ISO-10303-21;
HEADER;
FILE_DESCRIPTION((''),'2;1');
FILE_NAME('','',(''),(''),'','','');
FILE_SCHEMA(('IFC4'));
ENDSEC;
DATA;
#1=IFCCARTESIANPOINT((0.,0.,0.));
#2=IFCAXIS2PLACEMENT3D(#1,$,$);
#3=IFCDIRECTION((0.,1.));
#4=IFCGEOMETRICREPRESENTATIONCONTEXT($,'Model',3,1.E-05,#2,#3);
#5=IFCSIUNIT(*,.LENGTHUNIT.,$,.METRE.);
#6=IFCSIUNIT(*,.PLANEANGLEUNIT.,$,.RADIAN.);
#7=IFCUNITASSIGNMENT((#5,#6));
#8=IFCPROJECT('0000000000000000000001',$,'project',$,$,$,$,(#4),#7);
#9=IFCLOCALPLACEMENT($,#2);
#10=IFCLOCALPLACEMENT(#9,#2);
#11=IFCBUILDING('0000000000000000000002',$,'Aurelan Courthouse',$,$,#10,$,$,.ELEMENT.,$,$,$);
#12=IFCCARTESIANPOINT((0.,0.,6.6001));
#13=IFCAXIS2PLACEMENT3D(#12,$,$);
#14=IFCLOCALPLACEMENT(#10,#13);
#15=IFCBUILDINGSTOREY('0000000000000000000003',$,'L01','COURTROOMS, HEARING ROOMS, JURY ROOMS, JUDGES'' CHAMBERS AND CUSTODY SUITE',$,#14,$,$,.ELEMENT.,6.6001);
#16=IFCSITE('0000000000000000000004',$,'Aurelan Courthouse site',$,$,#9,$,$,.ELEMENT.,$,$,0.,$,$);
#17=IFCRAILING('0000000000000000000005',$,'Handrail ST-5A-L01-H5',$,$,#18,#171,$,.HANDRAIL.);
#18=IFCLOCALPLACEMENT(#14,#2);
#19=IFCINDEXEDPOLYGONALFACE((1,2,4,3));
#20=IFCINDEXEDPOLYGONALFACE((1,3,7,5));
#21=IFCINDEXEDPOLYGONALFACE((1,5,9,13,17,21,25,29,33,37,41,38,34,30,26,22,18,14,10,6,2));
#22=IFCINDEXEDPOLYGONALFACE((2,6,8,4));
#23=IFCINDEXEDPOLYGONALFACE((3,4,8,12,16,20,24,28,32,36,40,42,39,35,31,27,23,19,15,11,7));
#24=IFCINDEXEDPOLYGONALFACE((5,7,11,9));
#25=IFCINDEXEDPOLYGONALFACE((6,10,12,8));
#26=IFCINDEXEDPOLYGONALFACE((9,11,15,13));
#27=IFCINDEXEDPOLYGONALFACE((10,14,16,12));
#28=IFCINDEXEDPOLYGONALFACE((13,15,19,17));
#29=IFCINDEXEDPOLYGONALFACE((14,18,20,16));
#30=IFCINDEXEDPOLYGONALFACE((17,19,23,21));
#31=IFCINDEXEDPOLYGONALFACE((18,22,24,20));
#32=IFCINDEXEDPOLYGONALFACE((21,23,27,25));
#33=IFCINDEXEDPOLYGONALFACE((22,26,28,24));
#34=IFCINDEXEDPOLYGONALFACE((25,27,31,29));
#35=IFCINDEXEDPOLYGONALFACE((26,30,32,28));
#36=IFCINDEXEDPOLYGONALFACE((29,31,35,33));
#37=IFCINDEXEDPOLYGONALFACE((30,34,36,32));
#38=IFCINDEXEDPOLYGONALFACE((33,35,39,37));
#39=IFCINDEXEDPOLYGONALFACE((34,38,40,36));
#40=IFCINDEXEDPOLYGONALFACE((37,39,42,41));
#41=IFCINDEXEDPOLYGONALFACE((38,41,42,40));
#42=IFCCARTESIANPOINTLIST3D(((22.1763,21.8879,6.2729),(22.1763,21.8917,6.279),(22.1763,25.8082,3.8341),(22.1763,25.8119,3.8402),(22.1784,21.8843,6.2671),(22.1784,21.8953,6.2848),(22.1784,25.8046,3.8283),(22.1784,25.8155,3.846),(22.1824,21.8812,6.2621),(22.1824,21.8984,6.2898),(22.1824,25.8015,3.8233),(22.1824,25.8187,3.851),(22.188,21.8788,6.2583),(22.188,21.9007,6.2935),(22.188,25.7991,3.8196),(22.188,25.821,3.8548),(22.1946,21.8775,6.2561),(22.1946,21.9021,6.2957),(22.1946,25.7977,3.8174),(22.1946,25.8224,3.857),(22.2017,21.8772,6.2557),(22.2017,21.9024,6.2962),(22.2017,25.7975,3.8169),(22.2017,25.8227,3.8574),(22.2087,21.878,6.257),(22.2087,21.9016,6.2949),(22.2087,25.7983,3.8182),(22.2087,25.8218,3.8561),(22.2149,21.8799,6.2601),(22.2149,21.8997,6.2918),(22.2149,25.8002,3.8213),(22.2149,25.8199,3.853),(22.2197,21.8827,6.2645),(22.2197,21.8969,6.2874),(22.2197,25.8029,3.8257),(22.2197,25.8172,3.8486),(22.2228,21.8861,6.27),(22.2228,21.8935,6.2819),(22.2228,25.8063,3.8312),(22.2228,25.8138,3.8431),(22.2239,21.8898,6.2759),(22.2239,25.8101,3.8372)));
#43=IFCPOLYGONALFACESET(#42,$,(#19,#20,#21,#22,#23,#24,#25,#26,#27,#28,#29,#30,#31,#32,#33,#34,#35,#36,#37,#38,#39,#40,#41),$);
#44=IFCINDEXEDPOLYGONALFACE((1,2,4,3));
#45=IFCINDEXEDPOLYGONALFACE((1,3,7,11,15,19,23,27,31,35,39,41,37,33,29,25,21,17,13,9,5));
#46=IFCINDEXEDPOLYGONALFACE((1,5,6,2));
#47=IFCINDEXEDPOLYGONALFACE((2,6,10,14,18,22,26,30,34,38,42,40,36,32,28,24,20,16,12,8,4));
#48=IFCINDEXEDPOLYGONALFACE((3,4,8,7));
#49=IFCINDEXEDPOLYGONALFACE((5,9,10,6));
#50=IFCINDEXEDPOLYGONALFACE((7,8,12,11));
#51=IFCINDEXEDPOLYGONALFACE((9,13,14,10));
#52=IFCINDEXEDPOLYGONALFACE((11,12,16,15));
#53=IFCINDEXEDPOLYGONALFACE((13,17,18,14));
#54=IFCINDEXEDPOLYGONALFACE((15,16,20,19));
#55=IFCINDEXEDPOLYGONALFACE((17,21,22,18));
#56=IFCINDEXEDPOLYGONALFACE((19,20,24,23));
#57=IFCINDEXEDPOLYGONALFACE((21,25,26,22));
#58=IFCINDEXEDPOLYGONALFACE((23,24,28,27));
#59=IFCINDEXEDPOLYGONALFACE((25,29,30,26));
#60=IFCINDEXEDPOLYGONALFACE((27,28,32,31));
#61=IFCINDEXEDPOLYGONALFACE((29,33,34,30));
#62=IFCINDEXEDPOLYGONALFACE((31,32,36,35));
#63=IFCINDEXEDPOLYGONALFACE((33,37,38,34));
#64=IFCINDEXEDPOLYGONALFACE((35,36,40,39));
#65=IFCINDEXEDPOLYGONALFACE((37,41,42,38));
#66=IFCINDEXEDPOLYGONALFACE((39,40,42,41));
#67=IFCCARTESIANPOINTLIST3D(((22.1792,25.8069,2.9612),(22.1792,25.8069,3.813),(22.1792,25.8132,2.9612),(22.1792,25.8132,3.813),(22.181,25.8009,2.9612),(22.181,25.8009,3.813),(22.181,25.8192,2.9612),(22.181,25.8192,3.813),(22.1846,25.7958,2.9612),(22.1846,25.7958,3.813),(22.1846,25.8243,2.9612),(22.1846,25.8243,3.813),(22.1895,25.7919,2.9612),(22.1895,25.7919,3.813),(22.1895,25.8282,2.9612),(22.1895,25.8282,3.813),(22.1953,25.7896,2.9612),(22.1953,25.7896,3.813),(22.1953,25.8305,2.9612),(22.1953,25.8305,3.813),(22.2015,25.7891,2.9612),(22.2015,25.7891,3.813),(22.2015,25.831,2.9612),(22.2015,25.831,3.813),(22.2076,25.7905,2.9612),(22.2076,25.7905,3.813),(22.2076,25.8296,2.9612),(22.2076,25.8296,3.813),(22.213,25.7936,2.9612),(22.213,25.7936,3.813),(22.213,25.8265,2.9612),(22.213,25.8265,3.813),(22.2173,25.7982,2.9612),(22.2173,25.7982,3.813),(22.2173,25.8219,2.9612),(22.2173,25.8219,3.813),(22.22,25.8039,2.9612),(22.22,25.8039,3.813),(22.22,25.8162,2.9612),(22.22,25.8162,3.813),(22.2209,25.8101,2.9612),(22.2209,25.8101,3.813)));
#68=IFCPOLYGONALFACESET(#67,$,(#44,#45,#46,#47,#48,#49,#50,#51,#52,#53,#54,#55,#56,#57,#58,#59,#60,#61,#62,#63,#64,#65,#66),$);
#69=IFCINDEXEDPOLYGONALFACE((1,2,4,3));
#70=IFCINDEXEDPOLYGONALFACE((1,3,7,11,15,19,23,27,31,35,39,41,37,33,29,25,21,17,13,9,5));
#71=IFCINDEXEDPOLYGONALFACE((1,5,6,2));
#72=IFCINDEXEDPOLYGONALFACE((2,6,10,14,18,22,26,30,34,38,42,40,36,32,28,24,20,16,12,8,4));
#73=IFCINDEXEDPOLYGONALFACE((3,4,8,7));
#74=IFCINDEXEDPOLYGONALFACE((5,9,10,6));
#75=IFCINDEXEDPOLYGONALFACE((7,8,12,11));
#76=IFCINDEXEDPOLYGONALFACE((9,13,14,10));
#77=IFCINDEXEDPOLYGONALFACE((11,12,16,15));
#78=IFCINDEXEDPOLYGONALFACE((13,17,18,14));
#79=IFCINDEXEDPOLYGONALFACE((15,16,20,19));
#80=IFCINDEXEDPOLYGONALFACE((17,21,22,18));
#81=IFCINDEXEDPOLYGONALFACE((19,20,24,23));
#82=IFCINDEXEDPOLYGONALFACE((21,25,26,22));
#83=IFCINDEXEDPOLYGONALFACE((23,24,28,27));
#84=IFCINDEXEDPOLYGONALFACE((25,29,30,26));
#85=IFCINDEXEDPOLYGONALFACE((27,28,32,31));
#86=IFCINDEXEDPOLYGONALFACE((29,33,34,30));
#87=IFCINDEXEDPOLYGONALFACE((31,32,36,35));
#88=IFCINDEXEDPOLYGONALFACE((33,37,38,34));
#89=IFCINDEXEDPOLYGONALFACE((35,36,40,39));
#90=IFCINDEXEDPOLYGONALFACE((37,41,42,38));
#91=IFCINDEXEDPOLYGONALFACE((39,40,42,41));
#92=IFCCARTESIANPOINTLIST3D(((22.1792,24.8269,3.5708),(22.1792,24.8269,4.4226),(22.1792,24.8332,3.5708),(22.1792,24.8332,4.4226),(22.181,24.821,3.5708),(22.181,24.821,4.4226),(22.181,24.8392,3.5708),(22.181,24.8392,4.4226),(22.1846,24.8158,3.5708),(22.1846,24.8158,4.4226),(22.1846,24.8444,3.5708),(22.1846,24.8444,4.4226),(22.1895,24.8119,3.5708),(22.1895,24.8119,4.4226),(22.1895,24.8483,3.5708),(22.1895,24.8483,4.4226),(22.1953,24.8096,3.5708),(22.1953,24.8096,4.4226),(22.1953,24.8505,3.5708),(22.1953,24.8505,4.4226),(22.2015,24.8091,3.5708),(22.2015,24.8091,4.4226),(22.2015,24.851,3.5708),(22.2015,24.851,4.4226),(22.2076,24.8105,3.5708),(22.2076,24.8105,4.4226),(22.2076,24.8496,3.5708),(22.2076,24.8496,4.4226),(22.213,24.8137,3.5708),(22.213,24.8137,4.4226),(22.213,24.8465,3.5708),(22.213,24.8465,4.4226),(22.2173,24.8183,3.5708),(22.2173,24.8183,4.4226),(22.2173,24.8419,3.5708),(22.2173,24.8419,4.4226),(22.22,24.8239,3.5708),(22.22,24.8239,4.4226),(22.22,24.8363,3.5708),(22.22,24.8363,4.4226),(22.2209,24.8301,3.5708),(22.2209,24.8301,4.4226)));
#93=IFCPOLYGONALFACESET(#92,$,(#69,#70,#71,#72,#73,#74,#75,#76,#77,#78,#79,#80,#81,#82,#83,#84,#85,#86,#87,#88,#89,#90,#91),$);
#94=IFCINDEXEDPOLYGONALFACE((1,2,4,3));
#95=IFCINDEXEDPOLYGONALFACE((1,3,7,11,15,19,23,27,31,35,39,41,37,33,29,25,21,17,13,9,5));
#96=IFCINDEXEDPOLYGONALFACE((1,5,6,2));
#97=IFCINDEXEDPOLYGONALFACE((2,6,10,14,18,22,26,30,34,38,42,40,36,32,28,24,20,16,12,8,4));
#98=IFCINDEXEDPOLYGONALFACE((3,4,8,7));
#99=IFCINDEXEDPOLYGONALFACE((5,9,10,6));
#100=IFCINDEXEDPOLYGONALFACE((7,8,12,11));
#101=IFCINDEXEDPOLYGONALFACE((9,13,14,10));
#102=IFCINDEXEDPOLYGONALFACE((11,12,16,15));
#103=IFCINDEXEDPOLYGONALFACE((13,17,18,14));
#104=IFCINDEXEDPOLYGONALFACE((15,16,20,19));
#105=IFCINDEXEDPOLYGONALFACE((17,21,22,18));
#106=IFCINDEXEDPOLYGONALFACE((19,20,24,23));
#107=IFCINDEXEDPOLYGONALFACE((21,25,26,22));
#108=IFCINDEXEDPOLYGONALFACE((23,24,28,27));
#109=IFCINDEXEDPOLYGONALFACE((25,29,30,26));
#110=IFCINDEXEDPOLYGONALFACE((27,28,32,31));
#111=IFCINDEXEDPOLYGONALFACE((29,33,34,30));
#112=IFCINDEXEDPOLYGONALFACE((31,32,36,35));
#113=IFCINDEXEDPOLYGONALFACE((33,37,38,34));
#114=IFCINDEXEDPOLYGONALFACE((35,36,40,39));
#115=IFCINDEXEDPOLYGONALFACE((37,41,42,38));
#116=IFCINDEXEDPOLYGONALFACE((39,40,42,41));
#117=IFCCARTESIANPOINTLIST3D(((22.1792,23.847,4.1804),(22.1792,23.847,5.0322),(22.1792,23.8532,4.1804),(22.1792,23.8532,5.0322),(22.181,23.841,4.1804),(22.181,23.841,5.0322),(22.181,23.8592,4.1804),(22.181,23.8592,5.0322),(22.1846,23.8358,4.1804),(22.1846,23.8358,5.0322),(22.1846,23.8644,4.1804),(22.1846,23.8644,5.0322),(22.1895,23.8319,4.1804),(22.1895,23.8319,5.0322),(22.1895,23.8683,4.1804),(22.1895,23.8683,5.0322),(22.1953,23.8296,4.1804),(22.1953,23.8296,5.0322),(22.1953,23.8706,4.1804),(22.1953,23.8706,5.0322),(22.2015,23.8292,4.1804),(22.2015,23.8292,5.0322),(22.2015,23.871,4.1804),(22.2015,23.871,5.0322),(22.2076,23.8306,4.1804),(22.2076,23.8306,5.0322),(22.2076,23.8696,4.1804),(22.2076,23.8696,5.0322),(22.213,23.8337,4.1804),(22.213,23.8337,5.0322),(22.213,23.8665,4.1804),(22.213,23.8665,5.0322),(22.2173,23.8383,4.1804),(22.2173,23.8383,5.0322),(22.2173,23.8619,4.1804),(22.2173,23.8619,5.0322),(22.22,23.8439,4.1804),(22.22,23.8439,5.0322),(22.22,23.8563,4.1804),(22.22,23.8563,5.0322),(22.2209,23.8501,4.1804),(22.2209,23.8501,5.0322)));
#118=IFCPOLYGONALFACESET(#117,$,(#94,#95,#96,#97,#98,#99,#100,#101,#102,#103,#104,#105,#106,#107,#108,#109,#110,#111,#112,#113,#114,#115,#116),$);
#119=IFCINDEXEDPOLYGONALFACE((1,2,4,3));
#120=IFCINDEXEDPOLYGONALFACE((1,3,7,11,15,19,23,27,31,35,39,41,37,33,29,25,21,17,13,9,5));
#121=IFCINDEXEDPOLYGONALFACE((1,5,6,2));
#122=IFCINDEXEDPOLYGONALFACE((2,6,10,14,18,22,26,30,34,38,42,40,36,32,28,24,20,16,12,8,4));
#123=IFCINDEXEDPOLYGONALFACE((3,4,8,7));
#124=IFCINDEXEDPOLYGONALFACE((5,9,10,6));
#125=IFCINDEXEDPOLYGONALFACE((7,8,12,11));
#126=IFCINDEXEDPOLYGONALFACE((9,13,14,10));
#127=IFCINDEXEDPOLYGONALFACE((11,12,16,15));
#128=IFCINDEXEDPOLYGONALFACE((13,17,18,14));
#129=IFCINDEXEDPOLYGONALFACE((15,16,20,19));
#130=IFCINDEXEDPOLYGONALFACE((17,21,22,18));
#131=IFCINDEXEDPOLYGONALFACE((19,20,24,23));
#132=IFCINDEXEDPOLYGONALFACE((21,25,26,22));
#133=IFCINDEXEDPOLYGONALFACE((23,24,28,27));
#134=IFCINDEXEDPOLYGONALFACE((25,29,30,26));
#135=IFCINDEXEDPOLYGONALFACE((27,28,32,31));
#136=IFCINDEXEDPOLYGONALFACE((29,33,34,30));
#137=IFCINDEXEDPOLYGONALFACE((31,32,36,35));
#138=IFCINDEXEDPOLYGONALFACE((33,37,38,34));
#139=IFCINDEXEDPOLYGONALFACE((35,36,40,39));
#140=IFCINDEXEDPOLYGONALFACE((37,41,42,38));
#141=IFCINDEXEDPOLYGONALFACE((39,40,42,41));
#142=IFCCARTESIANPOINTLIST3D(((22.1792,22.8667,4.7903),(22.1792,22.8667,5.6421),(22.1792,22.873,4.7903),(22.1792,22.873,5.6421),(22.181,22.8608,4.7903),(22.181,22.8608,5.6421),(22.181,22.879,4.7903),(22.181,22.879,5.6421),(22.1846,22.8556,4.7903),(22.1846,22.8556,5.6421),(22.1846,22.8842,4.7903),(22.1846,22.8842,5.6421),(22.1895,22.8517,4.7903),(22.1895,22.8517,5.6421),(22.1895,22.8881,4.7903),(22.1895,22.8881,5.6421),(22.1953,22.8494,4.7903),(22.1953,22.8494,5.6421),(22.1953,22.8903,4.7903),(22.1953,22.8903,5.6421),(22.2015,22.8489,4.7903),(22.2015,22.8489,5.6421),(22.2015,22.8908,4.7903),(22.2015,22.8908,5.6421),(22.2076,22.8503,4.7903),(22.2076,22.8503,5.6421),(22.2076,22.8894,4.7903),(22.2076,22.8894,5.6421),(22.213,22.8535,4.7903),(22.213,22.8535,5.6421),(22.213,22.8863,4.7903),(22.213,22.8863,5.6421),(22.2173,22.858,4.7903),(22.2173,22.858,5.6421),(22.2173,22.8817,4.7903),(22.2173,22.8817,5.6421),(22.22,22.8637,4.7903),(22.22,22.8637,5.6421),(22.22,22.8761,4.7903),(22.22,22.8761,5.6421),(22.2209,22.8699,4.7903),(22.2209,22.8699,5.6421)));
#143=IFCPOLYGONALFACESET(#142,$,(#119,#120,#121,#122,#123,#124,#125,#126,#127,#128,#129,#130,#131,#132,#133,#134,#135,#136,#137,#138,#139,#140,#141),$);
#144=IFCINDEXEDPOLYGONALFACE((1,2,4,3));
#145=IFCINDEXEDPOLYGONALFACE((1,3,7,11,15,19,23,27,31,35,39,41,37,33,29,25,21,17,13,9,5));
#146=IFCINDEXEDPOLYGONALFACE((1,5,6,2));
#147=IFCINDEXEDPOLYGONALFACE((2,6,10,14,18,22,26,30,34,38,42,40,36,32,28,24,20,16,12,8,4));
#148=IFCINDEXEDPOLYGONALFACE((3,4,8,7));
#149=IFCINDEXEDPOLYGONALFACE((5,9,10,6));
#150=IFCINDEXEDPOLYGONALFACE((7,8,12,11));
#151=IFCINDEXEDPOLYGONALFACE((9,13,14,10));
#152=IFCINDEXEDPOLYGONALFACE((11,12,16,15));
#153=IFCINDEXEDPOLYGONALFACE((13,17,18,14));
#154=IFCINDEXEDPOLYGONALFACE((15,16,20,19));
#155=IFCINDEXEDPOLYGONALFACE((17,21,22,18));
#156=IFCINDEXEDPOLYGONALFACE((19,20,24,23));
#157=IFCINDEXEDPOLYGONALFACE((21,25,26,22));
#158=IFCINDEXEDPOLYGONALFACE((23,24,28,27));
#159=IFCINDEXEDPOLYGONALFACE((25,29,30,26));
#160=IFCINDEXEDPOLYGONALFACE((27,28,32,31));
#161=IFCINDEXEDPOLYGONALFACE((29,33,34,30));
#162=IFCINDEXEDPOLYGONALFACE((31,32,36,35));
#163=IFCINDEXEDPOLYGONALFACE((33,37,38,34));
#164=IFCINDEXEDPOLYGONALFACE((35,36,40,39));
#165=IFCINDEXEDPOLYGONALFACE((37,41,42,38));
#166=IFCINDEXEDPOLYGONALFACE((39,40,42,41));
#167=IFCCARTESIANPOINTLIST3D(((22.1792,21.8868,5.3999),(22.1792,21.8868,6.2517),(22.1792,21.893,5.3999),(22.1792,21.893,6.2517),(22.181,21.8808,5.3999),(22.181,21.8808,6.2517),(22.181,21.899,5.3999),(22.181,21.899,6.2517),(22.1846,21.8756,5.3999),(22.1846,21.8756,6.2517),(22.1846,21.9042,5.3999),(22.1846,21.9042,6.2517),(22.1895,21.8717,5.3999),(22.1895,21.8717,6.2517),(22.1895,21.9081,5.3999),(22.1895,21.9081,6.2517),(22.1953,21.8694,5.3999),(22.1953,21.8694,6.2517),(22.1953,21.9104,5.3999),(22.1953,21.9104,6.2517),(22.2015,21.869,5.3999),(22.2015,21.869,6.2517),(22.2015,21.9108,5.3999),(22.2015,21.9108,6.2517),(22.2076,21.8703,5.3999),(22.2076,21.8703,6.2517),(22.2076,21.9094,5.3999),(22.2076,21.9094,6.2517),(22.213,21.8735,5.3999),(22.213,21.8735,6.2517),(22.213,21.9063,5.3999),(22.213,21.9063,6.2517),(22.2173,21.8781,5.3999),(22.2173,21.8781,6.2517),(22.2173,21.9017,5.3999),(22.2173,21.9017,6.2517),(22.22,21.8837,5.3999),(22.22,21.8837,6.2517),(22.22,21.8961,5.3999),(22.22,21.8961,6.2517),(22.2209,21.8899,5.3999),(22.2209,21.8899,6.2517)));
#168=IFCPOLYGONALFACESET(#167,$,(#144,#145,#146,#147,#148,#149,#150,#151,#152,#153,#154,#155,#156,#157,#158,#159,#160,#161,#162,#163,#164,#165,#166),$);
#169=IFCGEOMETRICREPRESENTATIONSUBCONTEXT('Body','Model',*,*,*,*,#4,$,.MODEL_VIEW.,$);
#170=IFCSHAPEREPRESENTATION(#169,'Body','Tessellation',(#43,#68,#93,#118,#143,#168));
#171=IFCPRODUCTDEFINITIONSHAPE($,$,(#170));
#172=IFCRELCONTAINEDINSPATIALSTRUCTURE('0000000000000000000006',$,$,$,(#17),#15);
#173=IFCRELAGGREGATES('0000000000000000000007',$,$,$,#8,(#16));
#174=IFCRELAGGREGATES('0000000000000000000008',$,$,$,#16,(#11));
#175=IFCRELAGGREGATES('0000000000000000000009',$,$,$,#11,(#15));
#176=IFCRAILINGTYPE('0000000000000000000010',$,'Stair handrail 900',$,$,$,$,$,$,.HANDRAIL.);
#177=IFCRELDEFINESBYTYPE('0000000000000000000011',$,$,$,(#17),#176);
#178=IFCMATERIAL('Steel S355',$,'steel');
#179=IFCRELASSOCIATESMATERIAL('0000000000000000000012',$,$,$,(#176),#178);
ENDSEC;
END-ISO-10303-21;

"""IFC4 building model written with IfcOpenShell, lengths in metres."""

from ifc_helpers import new_model, si_unit, direction, frame, origin, origin_2d, place, context, subcontext, project, spatial, circle, extrude, material, type_object, element, save


model = new_model("IFC4")

# Units and contexts
model_context = context("Model", 3, precision=1e-05, world=origin(), true_north=direction((0.0, 1.0)))
body_context = subcontext(model_context, "Body", "Model", "MODEL_VIEW")
ifc_project = project(units=[si_unit("LENGTHUNIT", "METRE"), si_unit("PLANEANGLEUNIT", "RADIAN")], contexts=[model_context])

# Site, building, storey
site_placement = place(None, origin())
site = spatial("IfcSite", under=ifc_project, at=site_placement, Name="Aurelan Courthouse site", CompositionType="ELEMENT", RefElevation=0.0)
building_placement = place(site_placement, origin())
building = spatial("IfcBuilding", under=site, at=building_placement, Name="Aurelan Courthouse", CompositionType="ELEMENT")
storey_placement = place(building_placement, frame((0.0, 0.0, 6.6001)))
storey = spatial("IfcBuildingStorey", under=building, at=storey_placement, Name="L01", Description="COURTROOMS, HEARING ROOMS, JURY ROOMS, JUDGES' CHAMBERS AND CUSTODY SUITE", CompositionType="ELEMENT", Elevation=6.6001)

# Shared definitions
ifc_material_1 = material(Name="Steel S355", Category="steel")

# Railing
railing_type_1 = type_object("IfcRailingType", Name="Stair handrail 900", PredefinedType="HANDRAIL", material=ifc_material_1)
for number, where, name in (
    (1, (22.2, 25.8101, 2.9612), "Handrail ST-5A-L01-H5"),
):
    element("IfcRailing", number, at=place(storey_placement, frame(where)), inside=storey, type_object=railing_type_1, Name=name, PredefinedType="HANDRAIL", context=body_context, shape_type="SweptSolid", body=[
        extrude(circle(Radius=0.0239, at=origin_2d()), frame((0.0, 0.0, 0.876), z_axis=(0.0, -0.849105, 0.528225), x_axis=(1.0, 0.0, 0.0)), (0.0, 0.0, 1.0), 4.6169),
        extrude(circle(Radius=0.021, at=origin_2d()), origin(), (0.0, 0.0, 1.0), 0.8518),
        extrude(circle(Radius=0.021, at=origin_2d()), frame((0.0, -0.98, 0.6096)), (0.0, 0.0, 1.0), 0.8518),
        extrude(circle(Radius=0.021, at=origin_2d()), frame((0.0, -1.96, 1.2192)), (0.0, 0.0, 1.0), 0.8518),
        extrude(circle(Radius=0.021, at=origin_2d()), frame((0.0, -2.9402, 1.8291)), (0.0, 0.0, 1.0), 0.8518),
        extrude(circle(Radius=0.021, at=origin_2d()), frame((0.0, -3.9202, 2.4387)), (0.0, 0.0, 1.0), 0.8518),
    ])

save(model, "model.ifc")
